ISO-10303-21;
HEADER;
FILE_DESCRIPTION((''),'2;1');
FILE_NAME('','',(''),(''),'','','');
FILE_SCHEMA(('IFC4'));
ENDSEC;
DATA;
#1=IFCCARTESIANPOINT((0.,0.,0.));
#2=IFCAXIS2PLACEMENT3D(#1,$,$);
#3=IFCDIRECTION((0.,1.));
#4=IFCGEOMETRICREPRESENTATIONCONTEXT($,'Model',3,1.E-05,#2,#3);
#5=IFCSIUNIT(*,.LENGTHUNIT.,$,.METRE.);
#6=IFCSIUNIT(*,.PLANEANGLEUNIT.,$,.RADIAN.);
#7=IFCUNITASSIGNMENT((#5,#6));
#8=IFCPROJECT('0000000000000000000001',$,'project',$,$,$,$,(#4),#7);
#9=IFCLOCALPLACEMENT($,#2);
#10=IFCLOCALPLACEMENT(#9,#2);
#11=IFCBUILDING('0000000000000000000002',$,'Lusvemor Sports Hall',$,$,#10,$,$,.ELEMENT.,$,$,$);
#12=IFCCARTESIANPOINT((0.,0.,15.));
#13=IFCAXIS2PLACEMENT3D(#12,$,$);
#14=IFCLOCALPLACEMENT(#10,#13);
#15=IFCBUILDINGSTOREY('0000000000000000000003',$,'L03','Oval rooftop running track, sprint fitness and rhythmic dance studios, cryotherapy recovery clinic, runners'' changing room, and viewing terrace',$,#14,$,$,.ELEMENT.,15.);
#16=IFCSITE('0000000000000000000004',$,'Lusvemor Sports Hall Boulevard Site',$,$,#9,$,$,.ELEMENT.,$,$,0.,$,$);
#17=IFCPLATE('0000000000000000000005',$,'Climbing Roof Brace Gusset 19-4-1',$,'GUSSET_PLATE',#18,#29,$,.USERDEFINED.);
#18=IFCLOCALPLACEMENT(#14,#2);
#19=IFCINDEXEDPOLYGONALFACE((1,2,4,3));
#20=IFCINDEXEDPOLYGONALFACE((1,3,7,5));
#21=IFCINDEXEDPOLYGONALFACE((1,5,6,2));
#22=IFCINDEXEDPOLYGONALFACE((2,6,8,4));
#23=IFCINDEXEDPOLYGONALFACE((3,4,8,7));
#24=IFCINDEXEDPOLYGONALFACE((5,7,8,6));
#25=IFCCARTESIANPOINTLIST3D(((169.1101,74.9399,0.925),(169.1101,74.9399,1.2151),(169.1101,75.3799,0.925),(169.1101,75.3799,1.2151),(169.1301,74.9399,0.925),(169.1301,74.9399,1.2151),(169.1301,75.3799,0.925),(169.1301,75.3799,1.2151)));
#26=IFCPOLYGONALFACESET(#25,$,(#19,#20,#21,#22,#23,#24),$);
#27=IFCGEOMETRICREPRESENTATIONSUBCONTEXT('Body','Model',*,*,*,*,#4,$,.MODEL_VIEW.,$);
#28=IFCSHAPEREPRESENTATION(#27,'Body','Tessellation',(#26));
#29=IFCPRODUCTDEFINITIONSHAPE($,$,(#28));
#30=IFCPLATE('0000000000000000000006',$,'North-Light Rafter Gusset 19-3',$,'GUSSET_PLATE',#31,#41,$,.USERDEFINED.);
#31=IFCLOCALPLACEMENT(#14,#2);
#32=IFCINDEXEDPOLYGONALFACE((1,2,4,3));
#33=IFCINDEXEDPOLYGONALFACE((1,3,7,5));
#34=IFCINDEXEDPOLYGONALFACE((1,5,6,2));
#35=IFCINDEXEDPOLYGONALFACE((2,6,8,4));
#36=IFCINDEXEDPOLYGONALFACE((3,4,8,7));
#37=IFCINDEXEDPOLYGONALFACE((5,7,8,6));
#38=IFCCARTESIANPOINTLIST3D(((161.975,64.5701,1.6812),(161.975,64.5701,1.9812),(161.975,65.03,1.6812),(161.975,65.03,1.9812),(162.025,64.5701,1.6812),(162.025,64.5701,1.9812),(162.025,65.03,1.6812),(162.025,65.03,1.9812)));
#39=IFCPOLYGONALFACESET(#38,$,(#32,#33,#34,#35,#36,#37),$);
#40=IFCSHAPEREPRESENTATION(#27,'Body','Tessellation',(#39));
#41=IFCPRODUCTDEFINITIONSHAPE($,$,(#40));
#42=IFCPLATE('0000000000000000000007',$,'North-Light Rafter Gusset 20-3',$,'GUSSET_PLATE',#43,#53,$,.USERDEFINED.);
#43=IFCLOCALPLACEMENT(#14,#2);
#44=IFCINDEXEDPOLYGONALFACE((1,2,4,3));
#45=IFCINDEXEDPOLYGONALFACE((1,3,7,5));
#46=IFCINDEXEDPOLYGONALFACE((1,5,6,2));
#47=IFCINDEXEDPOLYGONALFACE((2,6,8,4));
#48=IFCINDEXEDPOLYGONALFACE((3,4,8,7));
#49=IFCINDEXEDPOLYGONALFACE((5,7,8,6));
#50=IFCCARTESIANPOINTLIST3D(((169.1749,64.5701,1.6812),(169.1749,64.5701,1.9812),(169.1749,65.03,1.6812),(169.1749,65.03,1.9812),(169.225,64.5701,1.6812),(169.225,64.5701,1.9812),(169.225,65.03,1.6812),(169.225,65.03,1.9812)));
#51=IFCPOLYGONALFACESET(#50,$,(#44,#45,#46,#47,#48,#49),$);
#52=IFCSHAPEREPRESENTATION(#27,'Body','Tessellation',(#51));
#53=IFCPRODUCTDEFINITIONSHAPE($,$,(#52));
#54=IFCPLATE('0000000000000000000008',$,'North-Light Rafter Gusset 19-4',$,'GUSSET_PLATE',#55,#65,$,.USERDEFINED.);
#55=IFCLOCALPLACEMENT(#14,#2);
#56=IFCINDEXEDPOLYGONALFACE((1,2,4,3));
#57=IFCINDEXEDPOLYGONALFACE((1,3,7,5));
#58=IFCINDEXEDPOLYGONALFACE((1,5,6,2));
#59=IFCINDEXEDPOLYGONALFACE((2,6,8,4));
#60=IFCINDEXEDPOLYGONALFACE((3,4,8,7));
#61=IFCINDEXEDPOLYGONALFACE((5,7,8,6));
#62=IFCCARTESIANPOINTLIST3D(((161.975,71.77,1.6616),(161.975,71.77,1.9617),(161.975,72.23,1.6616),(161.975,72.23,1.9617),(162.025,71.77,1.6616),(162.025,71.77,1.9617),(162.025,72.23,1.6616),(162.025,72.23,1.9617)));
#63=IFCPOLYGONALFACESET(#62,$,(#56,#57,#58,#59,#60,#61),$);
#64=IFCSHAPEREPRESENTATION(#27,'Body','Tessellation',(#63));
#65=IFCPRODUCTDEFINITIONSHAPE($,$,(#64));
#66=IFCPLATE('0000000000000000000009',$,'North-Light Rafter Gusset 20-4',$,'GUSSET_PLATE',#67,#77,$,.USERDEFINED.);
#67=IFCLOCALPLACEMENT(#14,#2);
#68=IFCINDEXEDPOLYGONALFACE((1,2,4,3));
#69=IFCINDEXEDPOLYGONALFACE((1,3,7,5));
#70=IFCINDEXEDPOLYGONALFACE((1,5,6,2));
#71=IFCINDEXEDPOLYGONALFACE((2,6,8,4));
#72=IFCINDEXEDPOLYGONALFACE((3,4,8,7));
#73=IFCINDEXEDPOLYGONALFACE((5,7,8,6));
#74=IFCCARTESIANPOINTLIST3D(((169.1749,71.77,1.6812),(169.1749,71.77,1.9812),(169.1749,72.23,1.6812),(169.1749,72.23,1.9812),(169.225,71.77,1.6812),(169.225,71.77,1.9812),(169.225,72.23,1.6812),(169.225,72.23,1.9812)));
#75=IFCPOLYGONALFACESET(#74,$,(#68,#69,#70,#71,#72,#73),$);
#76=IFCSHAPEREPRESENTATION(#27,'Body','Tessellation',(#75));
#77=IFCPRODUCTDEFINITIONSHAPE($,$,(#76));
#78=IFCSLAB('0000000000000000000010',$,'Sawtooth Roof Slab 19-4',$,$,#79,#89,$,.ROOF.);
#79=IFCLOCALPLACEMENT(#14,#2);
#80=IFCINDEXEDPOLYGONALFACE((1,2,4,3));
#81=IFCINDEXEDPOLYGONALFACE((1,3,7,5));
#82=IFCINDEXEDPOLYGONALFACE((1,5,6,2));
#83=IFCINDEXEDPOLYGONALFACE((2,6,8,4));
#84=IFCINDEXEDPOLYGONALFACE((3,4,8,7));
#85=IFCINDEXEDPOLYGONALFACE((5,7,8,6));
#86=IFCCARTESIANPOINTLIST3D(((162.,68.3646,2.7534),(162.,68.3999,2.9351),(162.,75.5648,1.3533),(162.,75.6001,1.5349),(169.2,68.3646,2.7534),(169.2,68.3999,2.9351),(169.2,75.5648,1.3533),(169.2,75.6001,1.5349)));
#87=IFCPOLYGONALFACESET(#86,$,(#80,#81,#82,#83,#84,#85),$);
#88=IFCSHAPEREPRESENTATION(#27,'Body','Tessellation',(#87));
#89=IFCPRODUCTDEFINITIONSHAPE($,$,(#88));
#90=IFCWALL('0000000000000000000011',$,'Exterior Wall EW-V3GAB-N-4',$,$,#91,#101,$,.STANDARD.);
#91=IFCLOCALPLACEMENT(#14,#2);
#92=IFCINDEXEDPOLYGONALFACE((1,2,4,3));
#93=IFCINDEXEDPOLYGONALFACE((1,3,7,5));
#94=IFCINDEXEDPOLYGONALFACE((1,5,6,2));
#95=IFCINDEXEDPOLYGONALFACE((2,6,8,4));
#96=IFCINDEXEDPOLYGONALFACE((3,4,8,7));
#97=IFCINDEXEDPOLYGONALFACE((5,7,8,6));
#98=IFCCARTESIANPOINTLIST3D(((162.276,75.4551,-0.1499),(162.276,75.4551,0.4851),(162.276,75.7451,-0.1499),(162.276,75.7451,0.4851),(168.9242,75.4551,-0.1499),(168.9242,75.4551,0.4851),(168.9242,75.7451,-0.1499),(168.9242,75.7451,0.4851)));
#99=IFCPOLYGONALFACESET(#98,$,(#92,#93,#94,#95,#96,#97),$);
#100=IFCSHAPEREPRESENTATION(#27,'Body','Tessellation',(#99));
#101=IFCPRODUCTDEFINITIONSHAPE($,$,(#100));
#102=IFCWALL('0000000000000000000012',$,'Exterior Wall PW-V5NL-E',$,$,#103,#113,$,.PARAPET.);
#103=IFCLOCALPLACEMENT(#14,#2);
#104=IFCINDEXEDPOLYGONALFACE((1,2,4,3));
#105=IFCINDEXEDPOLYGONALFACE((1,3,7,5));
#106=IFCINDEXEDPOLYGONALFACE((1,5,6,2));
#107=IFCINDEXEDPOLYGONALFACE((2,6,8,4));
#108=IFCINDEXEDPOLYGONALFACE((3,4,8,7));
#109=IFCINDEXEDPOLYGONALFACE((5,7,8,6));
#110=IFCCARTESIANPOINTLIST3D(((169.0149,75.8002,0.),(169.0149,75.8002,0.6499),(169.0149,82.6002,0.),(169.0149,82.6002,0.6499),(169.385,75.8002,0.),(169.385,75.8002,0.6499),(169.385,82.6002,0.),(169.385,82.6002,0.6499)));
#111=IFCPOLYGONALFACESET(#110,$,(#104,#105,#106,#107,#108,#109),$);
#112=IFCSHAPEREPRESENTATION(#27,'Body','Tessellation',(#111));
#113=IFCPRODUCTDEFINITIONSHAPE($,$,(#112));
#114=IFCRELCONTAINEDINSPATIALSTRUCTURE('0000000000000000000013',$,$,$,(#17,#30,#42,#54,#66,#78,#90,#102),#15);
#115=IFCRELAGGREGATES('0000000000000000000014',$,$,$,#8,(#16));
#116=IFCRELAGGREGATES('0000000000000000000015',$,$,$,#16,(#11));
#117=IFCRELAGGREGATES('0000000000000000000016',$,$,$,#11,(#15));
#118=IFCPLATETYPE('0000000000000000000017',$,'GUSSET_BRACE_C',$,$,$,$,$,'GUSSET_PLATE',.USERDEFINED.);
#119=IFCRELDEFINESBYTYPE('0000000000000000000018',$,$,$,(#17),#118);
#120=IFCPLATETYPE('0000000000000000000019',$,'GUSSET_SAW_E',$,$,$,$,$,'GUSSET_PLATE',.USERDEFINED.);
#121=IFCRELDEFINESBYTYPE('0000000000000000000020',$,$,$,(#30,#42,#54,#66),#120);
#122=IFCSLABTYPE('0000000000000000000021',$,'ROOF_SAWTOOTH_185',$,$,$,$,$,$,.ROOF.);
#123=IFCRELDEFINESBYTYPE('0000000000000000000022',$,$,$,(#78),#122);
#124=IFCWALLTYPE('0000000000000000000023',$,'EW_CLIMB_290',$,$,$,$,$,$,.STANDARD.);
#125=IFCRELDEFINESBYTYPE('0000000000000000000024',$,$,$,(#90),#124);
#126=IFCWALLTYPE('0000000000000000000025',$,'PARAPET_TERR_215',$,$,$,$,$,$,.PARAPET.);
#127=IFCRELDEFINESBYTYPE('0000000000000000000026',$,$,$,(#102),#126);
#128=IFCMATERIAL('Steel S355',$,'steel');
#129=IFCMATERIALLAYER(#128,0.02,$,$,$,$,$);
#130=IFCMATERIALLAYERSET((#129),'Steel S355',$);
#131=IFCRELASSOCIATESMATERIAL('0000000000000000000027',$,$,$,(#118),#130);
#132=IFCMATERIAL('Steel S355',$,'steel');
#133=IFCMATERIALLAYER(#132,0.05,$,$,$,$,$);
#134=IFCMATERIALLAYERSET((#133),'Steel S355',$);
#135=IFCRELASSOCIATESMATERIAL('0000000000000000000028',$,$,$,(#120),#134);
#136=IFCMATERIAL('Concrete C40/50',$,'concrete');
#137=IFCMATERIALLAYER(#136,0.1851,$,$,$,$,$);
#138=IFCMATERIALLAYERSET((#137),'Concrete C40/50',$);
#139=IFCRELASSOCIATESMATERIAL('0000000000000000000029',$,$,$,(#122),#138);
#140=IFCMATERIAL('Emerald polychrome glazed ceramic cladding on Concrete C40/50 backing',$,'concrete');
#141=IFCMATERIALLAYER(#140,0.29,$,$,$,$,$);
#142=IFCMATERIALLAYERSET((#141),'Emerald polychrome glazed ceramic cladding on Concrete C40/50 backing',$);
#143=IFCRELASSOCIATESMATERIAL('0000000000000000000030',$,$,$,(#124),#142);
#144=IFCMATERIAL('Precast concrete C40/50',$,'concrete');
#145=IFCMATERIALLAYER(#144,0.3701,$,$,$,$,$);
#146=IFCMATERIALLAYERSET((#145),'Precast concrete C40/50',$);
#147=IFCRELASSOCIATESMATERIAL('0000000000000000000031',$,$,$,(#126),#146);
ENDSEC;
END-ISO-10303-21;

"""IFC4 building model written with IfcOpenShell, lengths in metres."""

from ifc_helpers import new_model, si_unit, direction, frame, frame_2d, origin, origin_2d, place, context, subcontext, project, spatial, polyline, rectangle, outline, extrude, material, layer, layer_set, type_object, element, save


model = new_model("IFC4")

# Units and contexts
model_context = context("Model", 3, precision=1e-05, world=origin(), true_north=direction((0.0, 1.0)))
body_context = subcontext(model_context, "Body", "Model", "MODEL_VIEW")
ifc_project = project(units=[si_unit("LENGTHUNIT", "METRE"), si_unit("PLANEANGLEUNIT", "RADIAN")], contexts=[model_context])

# Site, building, storey
site_placement = place(None, origin())
site = spatial("IfcSite", under=ifc_project, at=site_placement, Name="Lusvemor Sports Hall Boulevard Site", CompositionType="ELEMENT", RefElevation=0.0)
building_placement = place(site_placement, origin())
building = spatial("IfcBuilding", under=site, at=building_placement, Name="Lusvemor Sports Hall", CompositionType="ELEMENT")
storey_placement = place(building_placement, frame((0.0, 0.0, 15.0)))
storey = spatial("IfcBuildingStorey", under=building, at=storey_placement, Name="L03", Description="Oval rooftop running track, sprint fitness and rhythmic dance studios, cryotherapy recovery clinic, runners' changing room, and viewing terrace", CompositionType="ELEMENT", Elevation=15.0)

# Plates
ifc_material_1 = material(Name="Steel S355", Category="steel")
ifc_layer_1 = layer(ifc_material_1, 0.02)
ifc_layer_set_1 = layer_set([ifc_layer_1], Name="Steel S355")
plate_type_1 = type_object("IfcPlateType", Name="GUSSET_BRACE_C", ElementType="GUSSET_PLATE", PredefinedType="USERDEFINED", material=ifc_layer_set_1)
for number, where, z_axis, x_axis, name in (
    (1, (169.1201, 75.1599, 0.925), (0.0, 0.0, 1.0), (1.0, 0.0, 0.0), "Climbing Roof Brace Gusset 19-4-1"),
):
    element("IfcPlate", number, at=place(storey_placement, frame(where, z_axis=z_axis, x_axis=x_axis)), inside=storey, type_object=plate_type_1, Name=name, ObjectType="GUSSET_PLATE", PredefinedType="USERDEFINED", context=body_context, shape_type="SweptSolid", body=[
        extrude(rectangle(XDim=0.02, YDim=0.4399, at=origin_2d()), origin(), (0.0, 0.0, 1.0), 0.29),
    ])
ifc_material_2 = material(Name="Steel S355", Category="steel")
ifc_layer_2 = layer(ifc_material_2, 0.05)
ifc_layer_set_2 = layer_set([ifc_layer_2], Name="Steel S355")
plate_type_2 = type_object("IfcPlateType", Name="GUSSET_SAW_E", ElementType="GUSSET_PLATE", PredefinedType="USERDEFINED", material=ifc_layer_set_2)
for number, where, z_axis, x_axis, name in (
    (2, (162.0, 64.8, 1.6812), (0.0, 0.0, 1.0), (1.0, 0.0, 0.0), "North-Light Rafter Gusset 19-3"),
    (3, (169.2, 64.8, 1.6812), (0.0, 0.0, 1.0), (1.0, 0.0, 0.0), "North-Light Rafter Gusset 20-3"),
    (4, (162.0, 72.0, 1.6616), (0.0, 0.0, 1.0), (1.0, 0.0, 0.0), "North-Light Rafter Gusset 19-4"),
    (5, (169.2, 72.0, 1.6812), (0.0, 0.0, 1.0), (1.0, 0.0, 0.0), "North-Light Rafter Gusset 20-4"),
):
    element("IfcPlate", number, at=place(storey_placement, frame(where, z_axis=z_axis, x_axis=x_axis)), inside=storey, type_object=plate_type_2, Name=name, ObjectType="GUSSET_PLATE", PredefinedType="USERDEFINED", context=body_context, shape_type="SweptSolid", body=[
        extrude(rectangle(XDim=0.05, YDim=0.46, at=origin_2d()), origin(), (0.0, 0.0, 1.0), 0.3),
    ])

# Slab
ifc_material_3 = material(Name="Concrete C40/50", Category="concrete")
ifc_layer_3 = layer(ifc_material_3, 0.1851)
ifc_layer_set_3 = layer_set([ifc_layer_3], Name="Concrete C40/50")
slab_type = type_object("IfcSlabType", Name="ROOF_SAWTOOTH_185", PredefinedType="ROOF", material=ifc_layer_set_3)
slab_placement = place(storey_placement, frame((162.0, 68.3999, 2.9351), z_axis=(0.0, 0.190884, 0.981613), x_axis=(1.0, 0.0, 0.0)))
element("IfcSlab", 6, at=slab_placement, inside=storey, type_object=slab_type, Name="Sawtooth Roof Slab 19-4", PredefinedType="ROOF", context=body_context, shape_type="SweptSolid", body=[
    extrude(outline(polyline([(0.0, 0.0), (7.2, 0.0), (7.2, 7.3351), (0.0, 7.3351), (0.0, 0.0)])), origin(), (0.0, 0.0, -1.0), 0.1851),
])

# Walls
ifc_material_4 = material(Name="Emerald polychrome glazed ceramic cladding on Concrete C40/50 backing", Category="concrete")
ifc_layer_4 = layer(ifc_material_4, 0.29)
ifc_layer_set_4 = layer_set([ifc_layer_4], Name="Emerald polychrome glazed ceramic cladding on Concrete C40/50 backing")
wall_type_1 = type_object("IfcWallType", Name="EW_CLIMB_290", PredefinedType="STANDARD", material=ifc_layer_set_4)
wall_1_placement = place(storey_placement, frame((162.2759, 75.6001, -0.1499), z_axis=(0.0, 0.0, 1.0), x_axis=(1.0, 0.0, 0.0)))
element("IfcWall", 7, at=wall_1_placement, inside=storey, type_object=wall_type_1, Name="Exterior Wall EW-V3GAB-N-4", PredefinedType="STANDARD", context=body_context, shape_type="SweptSolid", body=[
    extrude(rectangle(XDim=6.6482, YDim=0.29, at=frame_2d((3.3242, 0.0))), origin(), (0.0, 0.0, 1.0), 0.635),
])
ifc_material_5 = material(Name="Precast concrete C40/50", Category="concrete")
ifc_layer_5 = layer(ifc_material_5, 0.3701)
ifc_layer_set_5 = layer_set([ifc_layer_5], Name="Precast concrete C40/50")
wall_type_2 = type_object("IfcWallType", Name="PARAPET_TERR_215", PredefinedType="PARAPET", material=ifc_layer_set_5)
wall_2_placement = place(storey_placement, frame((169.2, 82.6001, 0.0), z_axis=(0.0, 0.0, 1.0), x_axis=(0.0, -1.0, 0.0)))
element("IfcWall", 8, at=wall_2_placement, inside=storey, type_object=wall_type_2, Name="Exterior Wall PW-V5NL-E", PredefinedType="PARAPET", context=body_context, shape_type="SweptSolid", body=[
    extrude(rectangle(XDim=6.8, YDim=0.3701, at=frame_2d((3.3999, 0.0))), origin(), (0.0, 0.0, 1.0), 0.6499),
])

save(model, "model.ifc")
